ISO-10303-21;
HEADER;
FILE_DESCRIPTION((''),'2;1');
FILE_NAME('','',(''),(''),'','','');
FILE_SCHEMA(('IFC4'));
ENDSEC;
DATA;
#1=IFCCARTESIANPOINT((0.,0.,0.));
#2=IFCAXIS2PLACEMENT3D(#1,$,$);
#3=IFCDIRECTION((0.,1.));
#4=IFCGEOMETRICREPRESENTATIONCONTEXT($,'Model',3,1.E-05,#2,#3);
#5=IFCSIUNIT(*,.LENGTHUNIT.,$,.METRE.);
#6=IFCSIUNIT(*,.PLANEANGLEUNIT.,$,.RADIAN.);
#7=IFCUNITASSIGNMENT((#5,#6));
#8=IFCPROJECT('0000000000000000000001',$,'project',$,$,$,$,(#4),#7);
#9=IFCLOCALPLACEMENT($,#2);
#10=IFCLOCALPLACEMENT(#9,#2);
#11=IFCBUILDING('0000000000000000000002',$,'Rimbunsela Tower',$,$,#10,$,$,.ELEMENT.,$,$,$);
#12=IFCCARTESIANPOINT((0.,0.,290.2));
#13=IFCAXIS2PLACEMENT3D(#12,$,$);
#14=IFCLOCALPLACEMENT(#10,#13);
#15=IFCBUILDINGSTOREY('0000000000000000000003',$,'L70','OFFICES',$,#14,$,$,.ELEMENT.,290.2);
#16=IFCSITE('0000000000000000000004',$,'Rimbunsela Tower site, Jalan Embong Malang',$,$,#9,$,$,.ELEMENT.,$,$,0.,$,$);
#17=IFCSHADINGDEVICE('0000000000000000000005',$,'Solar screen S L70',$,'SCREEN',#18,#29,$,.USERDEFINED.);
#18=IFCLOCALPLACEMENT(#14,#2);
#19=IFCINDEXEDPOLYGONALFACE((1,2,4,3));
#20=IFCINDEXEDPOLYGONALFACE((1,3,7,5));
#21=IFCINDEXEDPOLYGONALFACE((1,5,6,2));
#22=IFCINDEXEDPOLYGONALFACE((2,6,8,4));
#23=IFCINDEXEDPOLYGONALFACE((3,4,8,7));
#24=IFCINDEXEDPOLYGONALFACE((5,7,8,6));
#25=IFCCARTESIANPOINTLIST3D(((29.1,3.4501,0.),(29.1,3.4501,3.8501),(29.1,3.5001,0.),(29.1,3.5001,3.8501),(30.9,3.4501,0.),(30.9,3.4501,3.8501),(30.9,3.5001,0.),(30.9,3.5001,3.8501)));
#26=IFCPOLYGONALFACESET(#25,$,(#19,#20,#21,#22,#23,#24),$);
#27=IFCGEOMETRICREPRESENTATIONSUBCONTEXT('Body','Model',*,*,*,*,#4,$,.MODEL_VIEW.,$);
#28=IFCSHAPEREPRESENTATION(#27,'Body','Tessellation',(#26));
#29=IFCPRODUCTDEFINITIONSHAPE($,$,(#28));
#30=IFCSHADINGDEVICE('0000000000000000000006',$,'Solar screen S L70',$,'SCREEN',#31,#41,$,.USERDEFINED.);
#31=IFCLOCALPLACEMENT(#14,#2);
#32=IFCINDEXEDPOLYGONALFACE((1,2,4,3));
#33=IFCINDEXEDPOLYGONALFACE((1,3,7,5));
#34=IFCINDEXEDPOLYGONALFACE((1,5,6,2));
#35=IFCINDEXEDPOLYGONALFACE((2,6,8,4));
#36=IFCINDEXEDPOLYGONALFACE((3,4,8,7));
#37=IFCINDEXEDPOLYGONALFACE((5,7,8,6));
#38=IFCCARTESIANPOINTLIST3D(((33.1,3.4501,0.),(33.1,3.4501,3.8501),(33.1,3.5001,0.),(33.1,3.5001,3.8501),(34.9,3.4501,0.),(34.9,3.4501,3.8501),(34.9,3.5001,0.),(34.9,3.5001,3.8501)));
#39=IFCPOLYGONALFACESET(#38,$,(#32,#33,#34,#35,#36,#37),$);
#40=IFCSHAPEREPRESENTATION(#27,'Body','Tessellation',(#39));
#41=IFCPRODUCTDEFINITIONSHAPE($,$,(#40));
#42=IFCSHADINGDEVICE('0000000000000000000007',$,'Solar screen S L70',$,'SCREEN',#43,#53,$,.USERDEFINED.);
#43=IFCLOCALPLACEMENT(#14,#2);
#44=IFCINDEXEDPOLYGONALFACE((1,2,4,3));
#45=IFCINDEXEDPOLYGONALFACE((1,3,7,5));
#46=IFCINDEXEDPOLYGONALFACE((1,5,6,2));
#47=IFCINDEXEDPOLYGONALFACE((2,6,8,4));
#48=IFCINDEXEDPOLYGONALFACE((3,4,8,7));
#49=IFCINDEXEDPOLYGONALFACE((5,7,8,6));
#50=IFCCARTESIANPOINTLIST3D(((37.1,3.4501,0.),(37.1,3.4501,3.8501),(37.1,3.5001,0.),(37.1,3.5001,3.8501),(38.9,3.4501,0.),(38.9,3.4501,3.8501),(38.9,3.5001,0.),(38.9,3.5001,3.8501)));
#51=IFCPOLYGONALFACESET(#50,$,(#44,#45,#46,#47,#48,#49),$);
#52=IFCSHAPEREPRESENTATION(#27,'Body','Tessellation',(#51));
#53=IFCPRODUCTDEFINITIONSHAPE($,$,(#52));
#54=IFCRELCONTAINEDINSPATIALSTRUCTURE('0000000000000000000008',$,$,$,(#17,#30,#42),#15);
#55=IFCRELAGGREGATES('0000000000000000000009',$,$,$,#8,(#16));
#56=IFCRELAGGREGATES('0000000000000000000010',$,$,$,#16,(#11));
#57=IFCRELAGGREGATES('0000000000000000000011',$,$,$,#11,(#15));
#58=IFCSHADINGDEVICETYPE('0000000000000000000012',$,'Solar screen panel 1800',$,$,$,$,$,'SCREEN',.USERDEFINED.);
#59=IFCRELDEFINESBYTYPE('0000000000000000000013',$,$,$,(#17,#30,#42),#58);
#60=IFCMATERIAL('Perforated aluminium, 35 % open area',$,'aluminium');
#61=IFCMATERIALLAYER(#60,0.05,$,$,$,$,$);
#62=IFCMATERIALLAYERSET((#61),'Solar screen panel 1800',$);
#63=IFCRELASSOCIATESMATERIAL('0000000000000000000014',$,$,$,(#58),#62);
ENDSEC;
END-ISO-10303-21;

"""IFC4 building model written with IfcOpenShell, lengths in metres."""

from ifc_helpers import new_model, si_unit, direction, frame, origin, origin_2d, place, context, subcontext, project, spatial, rectangle, extrude, material, layer, layer_set, type_object, element, save


model = new_model("IFC4")

# Units and contexts
model_context = context("Model", 3, precision=1e-05, world=origin(), true_north=direction((0.0, 1.0)))
body_context = subcontext(model_context, "Body", "Model", "MODEL_VIEW")
ifc_project = project(units=[si_unit("LENGTHUNIT", "METRE"), si_unit("PLANEANGLEUNIT", "RADIAN")], contexts=[model_context])

# Site, building, storey
site_placement = place(None, origin())
site = spatial("IfcSite", under=ifc_project, at=site_placement, Name="Rimbunsela Tower site, Jalan Embong Malang", CompositionType="ELEMENT", RefElevation=0.0)
building_placement = place(site_placement, origin())
building = spatial("IfcBuilding", under=site, at=building_placement, Name="Rimbunsela Tower", CompositionType="ELEMENT")
storey_placement = place(building_placement, frame((0.0, 0.0, 290.2)))
storey = spatial("IfcBuildingStorey", under=building, at=storey_placement, Name="L70", Description="OFFICES", CompositionType="ELEMENT", Elevation=290.2)

# Shading devices
ifc_material_1 = material(Name="Perforated aluminium, 35 % open area", Category="aluminium")
ifc_layer_1 = layer(ifc_material_1, 0.05)
ifc_layer_set_1 = layer_set([ifc_layer_1], Name="Solar screen panel 1800")
shading_device_type = type_object("IfcShadingDeviceType", Name="Solar screen panel 1800", ElementType="SCREEN", PredefinedType="USERDEFINED", material=ifc_layer_set_1)
for number, where, z_axis, x_axis, name in (
    (1, (30.0, 3.4751, 0.0), (0.0, 0.0, 1.0), (1.0, 0.0, 0.0), "Solar screen S L70"),
    (2, (34.0, 3.4751, 0.0), (0.0, 0.0, 1.0), (1.0, 0.0, 0.0), "Solar screen S L70"),
    (3, (38.0, 3.4751, 0.0), (0.0, 0.0, 1.0), (1.0, 0.0, 0.0), "Solar screen S L70"),
):
    element("IfcShadingDevice", number, at=place(storey_placement, frame(where, z_axis=z_axis, x_axis=x_axis)), inside=storey, type_object=shading_device_type, Name=name, ObjectType="SCREEN", PredefinedType="USERDEFINED", context=body_context, shape_type="SweptSolid", body=[
        extrude(rectangle(XDim=1.8, YDim=0.05, at=origin_2d()), origin(), (0.0, 0.0, 1.0), 3.8501),
    ])

save(model, "model.ifc")
